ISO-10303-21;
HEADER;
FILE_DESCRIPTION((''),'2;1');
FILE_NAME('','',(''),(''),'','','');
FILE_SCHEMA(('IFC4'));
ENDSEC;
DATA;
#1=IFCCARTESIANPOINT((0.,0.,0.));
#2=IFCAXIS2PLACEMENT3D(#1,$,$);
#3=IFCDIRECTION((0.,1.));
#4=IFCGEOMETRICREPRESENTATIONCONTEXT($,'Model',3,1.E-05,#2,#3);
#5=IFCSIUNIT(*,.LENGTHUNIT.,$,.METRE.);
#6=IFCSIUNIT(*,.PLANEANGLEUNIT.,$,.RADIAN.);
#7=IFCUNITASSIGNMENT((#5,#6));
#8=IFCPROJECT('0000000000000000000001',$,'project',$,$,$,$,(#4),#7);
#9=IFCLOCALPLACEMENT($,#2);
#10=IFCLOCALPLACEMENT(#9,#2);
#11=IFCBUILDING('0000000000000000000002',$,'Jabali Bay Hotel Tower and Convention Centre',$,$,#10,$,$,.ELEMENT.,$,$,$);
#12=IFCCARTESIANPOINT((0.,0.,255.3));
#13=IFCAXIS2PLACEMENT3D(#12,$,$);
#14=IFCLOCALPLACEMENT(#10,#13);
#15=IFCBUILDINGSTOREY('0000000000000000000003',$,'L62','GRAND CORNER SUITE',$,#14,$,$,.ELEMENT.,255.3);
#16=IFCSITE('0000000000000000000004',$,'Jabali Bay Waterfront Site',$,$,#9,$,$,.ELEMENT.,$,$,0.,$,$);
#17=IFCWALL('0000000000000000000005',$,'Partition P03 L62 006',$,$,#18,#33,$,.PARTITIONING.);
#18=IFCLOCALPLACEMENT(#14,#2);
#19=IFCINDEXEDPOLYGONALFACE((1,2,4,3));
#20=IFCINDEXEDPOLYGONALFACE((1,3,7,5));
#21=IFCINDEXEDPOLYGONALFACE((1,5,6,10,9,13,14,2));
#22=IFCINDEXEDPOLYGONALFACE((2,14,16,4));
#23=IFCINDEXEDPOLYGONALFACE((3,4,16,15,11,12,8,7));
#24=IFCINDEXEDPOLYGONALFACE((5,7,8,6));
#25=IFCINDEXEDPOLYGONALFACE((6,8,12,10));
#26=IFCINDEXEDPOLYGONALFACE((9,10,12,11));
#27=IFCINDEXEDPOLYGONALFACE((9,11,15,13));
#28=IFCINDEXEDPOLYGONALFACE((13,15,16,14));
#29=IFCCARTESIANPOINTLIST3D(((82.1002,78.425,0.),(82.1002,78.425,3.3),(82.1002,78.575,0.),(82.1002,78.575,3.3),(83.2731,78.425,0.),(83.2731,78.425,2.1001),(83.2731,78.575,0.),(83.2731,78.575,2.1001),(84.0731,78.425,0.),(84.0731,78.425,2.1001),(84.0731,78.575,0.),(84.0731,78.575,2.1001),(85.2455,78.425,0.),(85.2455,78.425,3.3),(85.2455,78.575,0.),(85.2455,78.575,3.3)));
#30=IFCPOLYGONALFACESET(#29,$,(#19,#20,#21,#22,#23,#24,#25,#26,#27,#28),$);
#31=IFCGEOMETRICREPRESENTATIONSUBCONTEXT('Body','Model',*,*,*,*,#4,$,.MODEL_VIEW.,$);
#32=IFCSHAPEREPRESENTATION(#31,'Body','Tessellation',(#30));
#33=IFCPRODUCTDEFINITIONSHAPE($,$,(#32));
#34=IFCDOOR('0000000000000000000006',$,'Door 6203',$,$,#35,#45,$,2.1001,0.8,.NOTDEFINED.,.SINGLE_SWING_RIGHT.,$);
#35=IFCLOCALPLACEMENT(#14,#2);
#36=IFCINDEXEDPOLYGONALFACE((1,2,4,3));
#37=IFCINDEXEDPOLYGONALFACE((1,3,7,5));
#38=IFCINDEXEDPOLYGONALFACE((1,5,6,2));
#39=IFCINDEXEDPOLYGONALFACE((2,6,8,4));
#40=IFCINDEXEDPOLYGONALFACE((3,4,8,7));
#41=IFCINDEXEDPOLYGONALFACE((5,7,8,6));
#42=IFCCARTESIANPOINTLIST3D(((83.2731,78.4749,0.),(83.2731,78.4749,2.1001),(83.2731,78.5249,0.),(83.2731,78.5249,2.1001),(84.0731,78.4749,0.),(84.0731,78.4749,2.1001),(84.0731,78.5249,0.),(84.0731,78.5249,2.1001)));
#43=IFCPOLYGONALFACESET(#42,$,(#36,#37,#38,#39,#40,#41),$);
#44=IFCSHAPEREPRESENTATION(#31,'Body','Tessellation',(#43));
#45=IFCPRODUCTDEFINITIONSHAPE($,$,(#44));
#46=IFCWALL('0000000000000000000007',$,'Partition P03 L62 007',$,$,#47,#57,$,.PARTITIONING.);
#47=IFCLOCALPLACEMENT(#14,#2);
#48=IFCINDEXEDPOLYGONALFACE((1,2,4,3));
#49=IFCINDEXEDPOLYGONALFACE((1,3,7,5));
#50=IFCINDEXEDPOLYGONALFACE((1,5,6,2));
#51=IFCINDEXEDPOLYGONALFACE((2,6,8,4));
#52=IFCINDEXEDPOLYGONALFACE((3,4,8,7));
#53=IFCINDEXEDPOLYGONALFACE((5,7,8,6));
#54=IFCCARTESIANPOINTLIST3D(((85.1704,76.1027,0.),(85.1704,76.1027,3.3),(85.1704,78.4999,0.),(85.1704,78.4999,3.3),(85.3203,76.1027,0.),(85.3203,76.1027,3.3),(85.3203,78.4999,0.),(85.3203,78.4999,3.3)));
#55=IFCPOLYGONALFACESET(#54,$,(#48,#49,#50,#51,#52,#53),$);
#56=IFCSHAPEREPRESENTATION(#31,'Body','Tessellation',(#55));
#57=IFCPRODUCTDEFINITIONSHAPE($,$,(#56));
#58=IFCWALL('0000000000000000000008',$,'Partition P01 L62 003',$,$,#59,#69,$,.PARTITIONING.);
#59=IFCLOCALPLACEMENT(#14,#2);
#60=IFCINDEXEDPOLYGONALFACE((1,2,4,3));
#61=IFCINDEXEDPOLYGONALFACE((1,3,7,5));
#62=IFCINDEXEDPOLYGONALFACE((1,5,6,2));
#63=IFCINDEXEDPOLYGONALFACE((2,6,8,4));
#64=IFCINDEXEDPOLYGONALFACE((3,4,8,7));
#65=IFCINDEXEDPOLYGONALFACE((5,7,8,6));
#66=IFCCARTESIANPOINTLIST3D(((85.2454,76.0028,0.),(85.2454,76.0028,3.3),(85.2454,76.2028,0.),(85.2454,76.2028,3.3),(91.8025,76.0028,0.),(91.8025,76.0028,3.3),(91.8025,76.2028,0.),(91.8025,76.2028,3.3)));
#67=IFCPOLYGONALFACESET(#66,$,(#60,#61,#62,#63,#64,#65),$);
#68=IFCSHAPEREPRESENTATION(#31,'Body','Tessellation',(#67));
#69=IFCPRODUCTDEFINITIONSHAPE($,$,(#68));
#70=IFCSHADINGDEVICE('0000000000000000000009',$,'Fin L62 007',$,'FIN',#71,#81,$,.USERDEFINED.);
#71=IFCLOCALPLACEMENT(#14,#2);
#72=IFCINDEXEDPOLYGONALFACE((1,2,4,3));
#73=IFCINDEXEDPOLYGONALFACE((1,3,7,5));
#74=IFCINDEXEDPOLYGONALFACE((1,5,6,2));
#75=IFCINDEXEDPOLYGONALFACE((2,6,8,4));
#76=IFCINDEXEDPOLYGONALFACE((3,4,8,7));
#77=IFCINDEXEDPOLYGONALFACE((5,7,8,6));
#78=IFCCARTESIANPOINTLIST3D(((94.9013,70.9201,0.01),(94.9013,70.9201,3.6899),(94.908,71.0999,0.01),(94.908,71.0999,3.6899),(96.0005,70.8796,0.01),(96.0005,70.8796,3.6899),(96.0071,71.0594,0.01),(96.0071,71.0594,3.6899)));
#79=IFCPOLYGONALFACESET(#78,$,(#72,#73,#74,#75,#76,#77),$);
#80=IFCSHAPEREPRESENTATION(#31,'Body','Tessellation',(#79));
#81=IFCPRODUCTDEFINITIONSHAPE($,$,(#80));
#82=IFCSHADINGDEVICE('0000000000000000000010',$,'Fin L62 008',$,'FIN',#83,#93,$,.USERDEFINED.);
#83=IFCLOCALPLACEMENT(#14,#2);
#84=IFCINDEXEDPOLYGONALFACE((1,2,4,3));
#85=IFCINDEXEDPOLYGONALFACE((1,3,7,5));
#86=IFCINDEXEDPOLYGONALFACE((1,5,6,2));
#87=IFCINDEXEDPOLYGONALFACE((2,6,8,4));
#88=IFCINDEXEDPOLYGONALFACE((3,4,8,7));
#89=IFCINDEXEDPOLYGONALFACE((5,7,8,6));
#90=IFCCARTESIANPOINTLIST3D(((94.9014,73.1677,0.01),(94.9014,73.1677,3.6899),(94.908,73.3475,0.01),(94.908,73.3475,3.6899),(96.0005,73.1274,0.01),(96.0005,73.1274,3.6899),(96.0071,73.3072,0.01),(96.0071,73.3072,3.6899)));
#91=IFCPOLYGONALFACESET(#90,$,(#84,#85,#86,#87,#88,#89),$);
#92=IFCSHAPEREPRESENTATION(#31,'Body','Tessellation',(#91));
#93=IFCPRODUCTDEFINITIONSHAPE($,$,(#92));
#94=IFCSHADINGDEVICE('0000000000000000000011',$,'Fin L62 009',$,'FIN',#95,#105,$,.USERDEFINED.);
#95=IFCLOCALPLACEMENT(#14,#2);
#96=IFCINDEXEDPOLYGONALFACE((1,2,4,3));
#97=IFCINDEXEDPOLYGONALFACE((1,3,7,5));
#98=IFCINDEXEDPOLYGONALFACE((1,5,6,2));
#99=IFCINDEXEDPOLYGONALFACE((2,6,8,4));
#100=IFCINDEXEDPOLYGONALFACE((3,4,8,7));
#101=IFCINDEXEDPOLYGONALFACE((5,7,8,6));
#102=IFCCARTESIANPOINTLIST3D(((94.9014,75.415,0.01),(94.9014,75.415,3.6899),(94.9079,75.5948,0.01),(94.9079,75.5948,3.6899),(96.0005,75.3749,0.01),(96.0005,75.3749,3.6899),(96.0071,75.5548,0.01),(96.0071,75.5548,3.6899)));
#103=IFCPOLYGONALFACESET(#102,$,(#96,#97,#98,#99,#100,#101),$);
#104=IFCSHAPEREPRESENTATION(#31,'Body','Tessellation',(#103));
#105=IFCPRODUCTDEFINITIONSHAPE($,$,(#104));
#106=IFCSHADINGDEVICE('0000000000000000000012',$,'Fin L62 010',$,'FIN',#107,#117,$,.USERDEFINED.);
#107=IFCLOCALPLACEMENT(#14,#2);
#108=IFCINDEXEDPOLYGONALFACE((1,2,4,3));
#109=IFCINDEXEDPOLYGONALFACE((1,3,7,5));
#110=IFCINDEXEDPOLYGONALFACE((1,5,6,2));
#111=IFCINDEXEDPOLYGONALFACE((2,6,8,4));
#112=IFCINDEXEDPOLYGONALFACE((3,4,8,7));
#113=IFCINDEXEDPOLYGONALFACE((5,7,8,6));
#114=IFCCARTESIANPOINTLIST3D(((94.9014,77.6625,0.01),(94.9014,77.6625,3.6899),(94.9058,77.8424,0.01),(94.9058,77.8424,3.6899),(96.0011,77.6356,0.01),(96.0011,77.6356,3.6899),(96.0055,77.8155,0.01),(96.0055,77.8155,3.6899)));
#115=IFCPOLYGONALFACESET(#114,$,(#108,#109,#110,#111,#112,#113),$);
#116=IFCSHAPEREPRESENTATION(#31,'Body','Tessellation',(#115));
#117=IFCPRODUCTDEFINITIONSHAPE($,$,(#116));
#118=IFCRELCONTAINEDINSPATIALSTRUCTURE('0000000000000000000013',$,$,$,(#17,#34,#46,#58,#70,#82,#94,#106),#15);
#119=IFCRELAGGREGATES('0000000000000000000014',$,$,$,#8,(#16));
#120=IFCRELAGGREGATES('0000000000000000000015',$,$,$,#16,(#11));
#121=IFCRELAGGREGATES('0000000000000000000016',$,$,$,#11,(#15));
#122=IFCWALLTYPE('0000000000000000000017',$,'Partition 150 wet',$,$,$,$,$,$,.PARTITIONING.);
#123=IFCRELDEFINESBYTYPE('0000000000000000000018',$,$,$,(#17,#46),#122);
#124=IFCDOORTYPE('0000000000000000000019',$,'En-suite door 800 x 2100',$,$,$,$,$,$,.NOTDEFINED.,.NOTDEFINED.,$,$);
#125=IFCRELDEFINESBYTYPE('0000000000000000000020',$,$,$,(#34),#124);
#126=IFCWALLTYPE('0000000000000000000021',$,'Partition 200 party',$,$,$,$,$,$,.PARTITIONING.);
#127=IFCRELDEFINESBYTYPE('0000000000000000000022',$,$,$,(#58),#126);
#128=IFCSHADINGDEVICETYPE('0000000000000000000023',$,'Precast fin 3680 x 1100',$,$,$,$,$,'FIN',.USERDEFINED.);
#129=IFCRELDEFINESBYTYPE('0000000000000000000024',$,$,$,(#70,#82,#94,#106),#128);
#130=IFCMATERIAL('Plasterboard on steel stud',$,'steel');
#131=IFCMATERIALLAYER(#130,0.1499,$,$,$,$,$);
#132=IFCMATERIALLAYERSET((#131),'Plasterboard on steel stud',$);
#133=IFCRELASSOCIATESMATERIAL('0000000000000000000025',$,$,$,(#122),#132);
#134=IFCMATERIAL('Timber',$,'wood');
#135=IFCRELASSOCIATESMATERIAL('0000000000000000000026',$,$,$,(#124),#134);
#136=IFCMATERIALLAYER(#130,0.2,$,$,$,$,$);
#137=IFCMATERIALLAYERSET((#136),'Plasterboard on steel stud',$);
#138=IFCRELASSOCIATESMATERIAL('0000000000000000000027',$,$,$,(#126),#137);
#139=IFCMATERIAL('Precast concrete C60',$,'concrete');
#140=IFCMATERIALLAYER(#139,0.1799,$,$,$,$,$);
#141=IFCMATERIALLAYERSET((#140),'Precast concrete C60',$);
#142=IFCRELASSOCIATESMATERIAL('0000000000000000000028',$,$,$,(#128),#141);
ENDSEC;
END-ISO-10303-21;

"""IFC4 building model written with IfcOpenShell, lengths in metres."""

from ifc_helpers import new_model, si_unit, direction, frame, frame_2d, origin, place, context, subcontext, project, spatial, rectangle, extrude, material, layer, layer_set, type_object, element, fill, save


model = new_model("IFC4")

# Units and contexts
model_context = context("Model", 3, precision=1e-05, world=origin(), true_north=direction((0.0, 1.0)))
body_context = subcontext(model_context, "Body", "Model", "MODEL_VIEW")
ifc_project = project(units=[si_unit("LENGTHUNIT", "METRE"), si_unit("PLANEANGLEUNIT", "RADIAN")], contexts=[model_context])

# Site, building, storey
site_placement = place(None, origin())
site = spatial("IfcSite", under=ifc_project, at=site_placement, Name="Jabali Bay Waterfront Site", CompositionType="ELEMENT", RefElevation=0.0)
building_placement = place(site_placement, origin())
building = spatial("IfcBuilding", under=site, at=building_placement, Name="Jabali Bay Hotel Tower and Convention Centre", CompositionType="ELEMENT")
storey_placement = place(building_placement, frame((0.0, 0.0, 255.3)))
storey = spatial("IfcBuildingStorey", under=building, at=storey_placement, Name="L62", Description="GRAND CORNER SUITE", CompositionType="ELEMENT", Elevation=255.3)

# Shared definitions
ifc_material_1 = material(Name="Timber", Category="wood")

# Shared definitions
ifc_material_2 = material(Name="Plasterboard on steel stud", Category="steel")
ifc_layer_1 = layer(ifc_material_2, 0.1499)
ifc_layer_set_1 = layer_set([ifc_layer_1], Name="Plasterboard on steel stud")
wall_type_1 = type_object("IfcWallType", Name="Partition 150 wet", PredefinedType="PARTITIONING", material=ifc_layer_set_1)
door_type_1 = type_object("IfcDoorType", Name="En-suite door 800 x 2100", OperationType="NOTDEFINED", PredefinedType="NOTDEFINED", material=ifc_material_1)

# Wall, opening, door
wall_1_placement = place(storey_placement, frame((82.1001, 78.5, 0.0), z_axis=(0.0, 0.0, 1.0), x_axis=(1.0, 0.0, 0.0)))
wall_1 = element("IfcWall", 1, at=wall_1_placement, inside=storey, type_object=wall_type_1, Name="Partition P03 L62 006", PredefinedType="PARTITIONING", context=body_context, shape_type="SweptSolid", body=[
    extrude(rectangle(XDim=3.1453, YDim=0.1499, at=frame_2d((1.5728, 0.0))), origin(), (0.0, 0.0, 1.0), 3.3),
])
opening_1_placement = place(wall_1_placement, frame((1.1731, 0.0, 0.0)))
opening_1 = element("IfcOpeningElement", 2, at=opening_1_placement, cuts=wall_1, PredefinedType="OPENING", context=body_context, shape_type="SweptSolid", body=[
    extrude(rectangle(XDim=0.8, YDim=2.1001, at=frame_2d((0.3999, 1.05))), frame((0.0, 0.0854, 0.0), z_axis=(0.0, -1.0, 0.0), x_axis=(1.0, 0.0, 0.0)), (0.0, 0.0, 1.0), 0.1709),
])
door_1_placement = place(opening_1_placement, origin())
door_1 = element("IfcDoor", 3, at=door_1_placement, inside=storey, type_object=door_type_1, Name="Door 6203", OperationType="SINGLE_SWING_RIGHT", OverallHeight=2.1001, OverallWidth=0.8, PredefinedType="NOTDEFINED", context=body_context, shape_type="SweptSolid", body=[
    extrude(rectangle(XDim=0.8, YDim=2.1001, at=frame_2d((0.3999, 1.05))), frame((0.0, 0.0249, 0.0), z_axis=(0.0, -1.0, 0.0), x_axis=(1.0, 0.0, 0.0)), (0.0, 0.0, 1.0), 0.05),
])
fill(opening_1, door_1)

# Walls
wall_2_placement = place(storey_placement, frame((85.2454, 78.5, 0.0), z_axis=(0.0, 0.0, 1.0), x_axis=(0.0, -1.0, 0.0)))
element("IfcWall", 4, at=wall_2_placement, inside=storey, type_object=wall_type_1, Name="Partition P03 L62 007", PredefinedType="PARTITIONING", context=body_context, shape_type="SweptSolid", body=[
    extrude(rectangle(XDim=2.3972, YDim=0.1499, at=frame_2d((1.1987, 0.0))), origin(), (0.0, 0.0, 1.0), 3.3),
])
ifc_layer_2 = layer(ifc_material_2, 0.2)
ifc_layer_set_2 = layer_set([ifc_layer_2], Name="Plasterboard on steel stud")
wall_type_2 = type_object("IfcWallType", Name="Partition 200 party", PredefinedType="PARTITIONING", material=ifc_layer_set_2)
wall_3_placement = place(storey_placement, frame((91.8025, 76.1028, 0.0), z_axis=(0.0, 0.0, 1.0), x_axis=(-1.0, 0.0, 0.0)))
element("IfcWall", 5, at=wall_3_placement, inside=storey, type_object=wall_type_2, Name="Partition P01 L62 003", PredefinedType="PARTITIONING", context=body_context, shape_type="SweptSolid", body=[
    extrude(rectangle(XDim=6.5571, YDim=0.2, at=frame_2d((3.2786, 0.0))), origin(), (0.0, 0.0, 1.0), 3.3),
])

# Shading devices
ifc_material_3 = material(Name="Precast concrete C60", Category="concrete")
ifc_layer_3 = layer(ifc_material_3, 0.1799)
ifc_layer_set_3 = layer_set([ifc_layer_3], Name="Precast concrete C60")
shading_device_type = type_object("IfcShadingDeviceType", Name="Precast fin 3680 x 1100", ElementType="FIN", PredefinedType="USERDEFINED", material=ifc_layer_set_3)
for number, where, z_axis, x_axis, name in (
    (6, (94.9048, 71.01, 0.01), (0.0, 0.0, 1.0), (0.999321, -0.036847, 0.0), "Fin L62 007"),
    (7, (94.9048, 73.2576, 0.01), (0.0, 0.0, 1.0), (0.999329, -0.036626, 0.0), "Fin L62 008"),
    (8, (94.9048, 75.5049, 0.01), (0.0, 0.0, 1.0), (0.999337, -0.036404, 0.0), "Fin L62 009"),
):
    element("IfcShadingDevice", number, at=place(storey_placement, frame(where, z_axis=z_axis, x_axis=x_axis)), inside=storey, type_object=shading_device_type, Name=name, ObjectType="FIN", PredefinedType="USERDEFINED", context=body_context, shape_type="SweptSolid", body=[
        extrude(rectangle(XDim=1.0999, YDim=0.1799, at=frame_2d((0.5498, 0.0))), origin(), (0.0, 0.0, 1.0), 3.6799),
    ])
shading_device_placement = place(storey_placement, frame((94.9036, 77.7524, 0.01), z_axis=(0.0, 0.0, 1.0), x_axis=(0.999702, -0.02441, 0.0)))
element("IfcShadingDevice", 9, at=shading_device_placement, inside=storey, type_object=shading_device_type, Name="Fin L62 010", ObjectType="FIN", PredefinedType="USERDEFINED", context=body_context, shape_type="SweptSolid", body=[
    extrude(rectangle(XDim=1.1001, YDim=0.1799, at=frame_2d((0.55, 0.0))), origin(), (0.0, 0.0, 1.0), 3.6799),
])

save(model, "model.ifc")
